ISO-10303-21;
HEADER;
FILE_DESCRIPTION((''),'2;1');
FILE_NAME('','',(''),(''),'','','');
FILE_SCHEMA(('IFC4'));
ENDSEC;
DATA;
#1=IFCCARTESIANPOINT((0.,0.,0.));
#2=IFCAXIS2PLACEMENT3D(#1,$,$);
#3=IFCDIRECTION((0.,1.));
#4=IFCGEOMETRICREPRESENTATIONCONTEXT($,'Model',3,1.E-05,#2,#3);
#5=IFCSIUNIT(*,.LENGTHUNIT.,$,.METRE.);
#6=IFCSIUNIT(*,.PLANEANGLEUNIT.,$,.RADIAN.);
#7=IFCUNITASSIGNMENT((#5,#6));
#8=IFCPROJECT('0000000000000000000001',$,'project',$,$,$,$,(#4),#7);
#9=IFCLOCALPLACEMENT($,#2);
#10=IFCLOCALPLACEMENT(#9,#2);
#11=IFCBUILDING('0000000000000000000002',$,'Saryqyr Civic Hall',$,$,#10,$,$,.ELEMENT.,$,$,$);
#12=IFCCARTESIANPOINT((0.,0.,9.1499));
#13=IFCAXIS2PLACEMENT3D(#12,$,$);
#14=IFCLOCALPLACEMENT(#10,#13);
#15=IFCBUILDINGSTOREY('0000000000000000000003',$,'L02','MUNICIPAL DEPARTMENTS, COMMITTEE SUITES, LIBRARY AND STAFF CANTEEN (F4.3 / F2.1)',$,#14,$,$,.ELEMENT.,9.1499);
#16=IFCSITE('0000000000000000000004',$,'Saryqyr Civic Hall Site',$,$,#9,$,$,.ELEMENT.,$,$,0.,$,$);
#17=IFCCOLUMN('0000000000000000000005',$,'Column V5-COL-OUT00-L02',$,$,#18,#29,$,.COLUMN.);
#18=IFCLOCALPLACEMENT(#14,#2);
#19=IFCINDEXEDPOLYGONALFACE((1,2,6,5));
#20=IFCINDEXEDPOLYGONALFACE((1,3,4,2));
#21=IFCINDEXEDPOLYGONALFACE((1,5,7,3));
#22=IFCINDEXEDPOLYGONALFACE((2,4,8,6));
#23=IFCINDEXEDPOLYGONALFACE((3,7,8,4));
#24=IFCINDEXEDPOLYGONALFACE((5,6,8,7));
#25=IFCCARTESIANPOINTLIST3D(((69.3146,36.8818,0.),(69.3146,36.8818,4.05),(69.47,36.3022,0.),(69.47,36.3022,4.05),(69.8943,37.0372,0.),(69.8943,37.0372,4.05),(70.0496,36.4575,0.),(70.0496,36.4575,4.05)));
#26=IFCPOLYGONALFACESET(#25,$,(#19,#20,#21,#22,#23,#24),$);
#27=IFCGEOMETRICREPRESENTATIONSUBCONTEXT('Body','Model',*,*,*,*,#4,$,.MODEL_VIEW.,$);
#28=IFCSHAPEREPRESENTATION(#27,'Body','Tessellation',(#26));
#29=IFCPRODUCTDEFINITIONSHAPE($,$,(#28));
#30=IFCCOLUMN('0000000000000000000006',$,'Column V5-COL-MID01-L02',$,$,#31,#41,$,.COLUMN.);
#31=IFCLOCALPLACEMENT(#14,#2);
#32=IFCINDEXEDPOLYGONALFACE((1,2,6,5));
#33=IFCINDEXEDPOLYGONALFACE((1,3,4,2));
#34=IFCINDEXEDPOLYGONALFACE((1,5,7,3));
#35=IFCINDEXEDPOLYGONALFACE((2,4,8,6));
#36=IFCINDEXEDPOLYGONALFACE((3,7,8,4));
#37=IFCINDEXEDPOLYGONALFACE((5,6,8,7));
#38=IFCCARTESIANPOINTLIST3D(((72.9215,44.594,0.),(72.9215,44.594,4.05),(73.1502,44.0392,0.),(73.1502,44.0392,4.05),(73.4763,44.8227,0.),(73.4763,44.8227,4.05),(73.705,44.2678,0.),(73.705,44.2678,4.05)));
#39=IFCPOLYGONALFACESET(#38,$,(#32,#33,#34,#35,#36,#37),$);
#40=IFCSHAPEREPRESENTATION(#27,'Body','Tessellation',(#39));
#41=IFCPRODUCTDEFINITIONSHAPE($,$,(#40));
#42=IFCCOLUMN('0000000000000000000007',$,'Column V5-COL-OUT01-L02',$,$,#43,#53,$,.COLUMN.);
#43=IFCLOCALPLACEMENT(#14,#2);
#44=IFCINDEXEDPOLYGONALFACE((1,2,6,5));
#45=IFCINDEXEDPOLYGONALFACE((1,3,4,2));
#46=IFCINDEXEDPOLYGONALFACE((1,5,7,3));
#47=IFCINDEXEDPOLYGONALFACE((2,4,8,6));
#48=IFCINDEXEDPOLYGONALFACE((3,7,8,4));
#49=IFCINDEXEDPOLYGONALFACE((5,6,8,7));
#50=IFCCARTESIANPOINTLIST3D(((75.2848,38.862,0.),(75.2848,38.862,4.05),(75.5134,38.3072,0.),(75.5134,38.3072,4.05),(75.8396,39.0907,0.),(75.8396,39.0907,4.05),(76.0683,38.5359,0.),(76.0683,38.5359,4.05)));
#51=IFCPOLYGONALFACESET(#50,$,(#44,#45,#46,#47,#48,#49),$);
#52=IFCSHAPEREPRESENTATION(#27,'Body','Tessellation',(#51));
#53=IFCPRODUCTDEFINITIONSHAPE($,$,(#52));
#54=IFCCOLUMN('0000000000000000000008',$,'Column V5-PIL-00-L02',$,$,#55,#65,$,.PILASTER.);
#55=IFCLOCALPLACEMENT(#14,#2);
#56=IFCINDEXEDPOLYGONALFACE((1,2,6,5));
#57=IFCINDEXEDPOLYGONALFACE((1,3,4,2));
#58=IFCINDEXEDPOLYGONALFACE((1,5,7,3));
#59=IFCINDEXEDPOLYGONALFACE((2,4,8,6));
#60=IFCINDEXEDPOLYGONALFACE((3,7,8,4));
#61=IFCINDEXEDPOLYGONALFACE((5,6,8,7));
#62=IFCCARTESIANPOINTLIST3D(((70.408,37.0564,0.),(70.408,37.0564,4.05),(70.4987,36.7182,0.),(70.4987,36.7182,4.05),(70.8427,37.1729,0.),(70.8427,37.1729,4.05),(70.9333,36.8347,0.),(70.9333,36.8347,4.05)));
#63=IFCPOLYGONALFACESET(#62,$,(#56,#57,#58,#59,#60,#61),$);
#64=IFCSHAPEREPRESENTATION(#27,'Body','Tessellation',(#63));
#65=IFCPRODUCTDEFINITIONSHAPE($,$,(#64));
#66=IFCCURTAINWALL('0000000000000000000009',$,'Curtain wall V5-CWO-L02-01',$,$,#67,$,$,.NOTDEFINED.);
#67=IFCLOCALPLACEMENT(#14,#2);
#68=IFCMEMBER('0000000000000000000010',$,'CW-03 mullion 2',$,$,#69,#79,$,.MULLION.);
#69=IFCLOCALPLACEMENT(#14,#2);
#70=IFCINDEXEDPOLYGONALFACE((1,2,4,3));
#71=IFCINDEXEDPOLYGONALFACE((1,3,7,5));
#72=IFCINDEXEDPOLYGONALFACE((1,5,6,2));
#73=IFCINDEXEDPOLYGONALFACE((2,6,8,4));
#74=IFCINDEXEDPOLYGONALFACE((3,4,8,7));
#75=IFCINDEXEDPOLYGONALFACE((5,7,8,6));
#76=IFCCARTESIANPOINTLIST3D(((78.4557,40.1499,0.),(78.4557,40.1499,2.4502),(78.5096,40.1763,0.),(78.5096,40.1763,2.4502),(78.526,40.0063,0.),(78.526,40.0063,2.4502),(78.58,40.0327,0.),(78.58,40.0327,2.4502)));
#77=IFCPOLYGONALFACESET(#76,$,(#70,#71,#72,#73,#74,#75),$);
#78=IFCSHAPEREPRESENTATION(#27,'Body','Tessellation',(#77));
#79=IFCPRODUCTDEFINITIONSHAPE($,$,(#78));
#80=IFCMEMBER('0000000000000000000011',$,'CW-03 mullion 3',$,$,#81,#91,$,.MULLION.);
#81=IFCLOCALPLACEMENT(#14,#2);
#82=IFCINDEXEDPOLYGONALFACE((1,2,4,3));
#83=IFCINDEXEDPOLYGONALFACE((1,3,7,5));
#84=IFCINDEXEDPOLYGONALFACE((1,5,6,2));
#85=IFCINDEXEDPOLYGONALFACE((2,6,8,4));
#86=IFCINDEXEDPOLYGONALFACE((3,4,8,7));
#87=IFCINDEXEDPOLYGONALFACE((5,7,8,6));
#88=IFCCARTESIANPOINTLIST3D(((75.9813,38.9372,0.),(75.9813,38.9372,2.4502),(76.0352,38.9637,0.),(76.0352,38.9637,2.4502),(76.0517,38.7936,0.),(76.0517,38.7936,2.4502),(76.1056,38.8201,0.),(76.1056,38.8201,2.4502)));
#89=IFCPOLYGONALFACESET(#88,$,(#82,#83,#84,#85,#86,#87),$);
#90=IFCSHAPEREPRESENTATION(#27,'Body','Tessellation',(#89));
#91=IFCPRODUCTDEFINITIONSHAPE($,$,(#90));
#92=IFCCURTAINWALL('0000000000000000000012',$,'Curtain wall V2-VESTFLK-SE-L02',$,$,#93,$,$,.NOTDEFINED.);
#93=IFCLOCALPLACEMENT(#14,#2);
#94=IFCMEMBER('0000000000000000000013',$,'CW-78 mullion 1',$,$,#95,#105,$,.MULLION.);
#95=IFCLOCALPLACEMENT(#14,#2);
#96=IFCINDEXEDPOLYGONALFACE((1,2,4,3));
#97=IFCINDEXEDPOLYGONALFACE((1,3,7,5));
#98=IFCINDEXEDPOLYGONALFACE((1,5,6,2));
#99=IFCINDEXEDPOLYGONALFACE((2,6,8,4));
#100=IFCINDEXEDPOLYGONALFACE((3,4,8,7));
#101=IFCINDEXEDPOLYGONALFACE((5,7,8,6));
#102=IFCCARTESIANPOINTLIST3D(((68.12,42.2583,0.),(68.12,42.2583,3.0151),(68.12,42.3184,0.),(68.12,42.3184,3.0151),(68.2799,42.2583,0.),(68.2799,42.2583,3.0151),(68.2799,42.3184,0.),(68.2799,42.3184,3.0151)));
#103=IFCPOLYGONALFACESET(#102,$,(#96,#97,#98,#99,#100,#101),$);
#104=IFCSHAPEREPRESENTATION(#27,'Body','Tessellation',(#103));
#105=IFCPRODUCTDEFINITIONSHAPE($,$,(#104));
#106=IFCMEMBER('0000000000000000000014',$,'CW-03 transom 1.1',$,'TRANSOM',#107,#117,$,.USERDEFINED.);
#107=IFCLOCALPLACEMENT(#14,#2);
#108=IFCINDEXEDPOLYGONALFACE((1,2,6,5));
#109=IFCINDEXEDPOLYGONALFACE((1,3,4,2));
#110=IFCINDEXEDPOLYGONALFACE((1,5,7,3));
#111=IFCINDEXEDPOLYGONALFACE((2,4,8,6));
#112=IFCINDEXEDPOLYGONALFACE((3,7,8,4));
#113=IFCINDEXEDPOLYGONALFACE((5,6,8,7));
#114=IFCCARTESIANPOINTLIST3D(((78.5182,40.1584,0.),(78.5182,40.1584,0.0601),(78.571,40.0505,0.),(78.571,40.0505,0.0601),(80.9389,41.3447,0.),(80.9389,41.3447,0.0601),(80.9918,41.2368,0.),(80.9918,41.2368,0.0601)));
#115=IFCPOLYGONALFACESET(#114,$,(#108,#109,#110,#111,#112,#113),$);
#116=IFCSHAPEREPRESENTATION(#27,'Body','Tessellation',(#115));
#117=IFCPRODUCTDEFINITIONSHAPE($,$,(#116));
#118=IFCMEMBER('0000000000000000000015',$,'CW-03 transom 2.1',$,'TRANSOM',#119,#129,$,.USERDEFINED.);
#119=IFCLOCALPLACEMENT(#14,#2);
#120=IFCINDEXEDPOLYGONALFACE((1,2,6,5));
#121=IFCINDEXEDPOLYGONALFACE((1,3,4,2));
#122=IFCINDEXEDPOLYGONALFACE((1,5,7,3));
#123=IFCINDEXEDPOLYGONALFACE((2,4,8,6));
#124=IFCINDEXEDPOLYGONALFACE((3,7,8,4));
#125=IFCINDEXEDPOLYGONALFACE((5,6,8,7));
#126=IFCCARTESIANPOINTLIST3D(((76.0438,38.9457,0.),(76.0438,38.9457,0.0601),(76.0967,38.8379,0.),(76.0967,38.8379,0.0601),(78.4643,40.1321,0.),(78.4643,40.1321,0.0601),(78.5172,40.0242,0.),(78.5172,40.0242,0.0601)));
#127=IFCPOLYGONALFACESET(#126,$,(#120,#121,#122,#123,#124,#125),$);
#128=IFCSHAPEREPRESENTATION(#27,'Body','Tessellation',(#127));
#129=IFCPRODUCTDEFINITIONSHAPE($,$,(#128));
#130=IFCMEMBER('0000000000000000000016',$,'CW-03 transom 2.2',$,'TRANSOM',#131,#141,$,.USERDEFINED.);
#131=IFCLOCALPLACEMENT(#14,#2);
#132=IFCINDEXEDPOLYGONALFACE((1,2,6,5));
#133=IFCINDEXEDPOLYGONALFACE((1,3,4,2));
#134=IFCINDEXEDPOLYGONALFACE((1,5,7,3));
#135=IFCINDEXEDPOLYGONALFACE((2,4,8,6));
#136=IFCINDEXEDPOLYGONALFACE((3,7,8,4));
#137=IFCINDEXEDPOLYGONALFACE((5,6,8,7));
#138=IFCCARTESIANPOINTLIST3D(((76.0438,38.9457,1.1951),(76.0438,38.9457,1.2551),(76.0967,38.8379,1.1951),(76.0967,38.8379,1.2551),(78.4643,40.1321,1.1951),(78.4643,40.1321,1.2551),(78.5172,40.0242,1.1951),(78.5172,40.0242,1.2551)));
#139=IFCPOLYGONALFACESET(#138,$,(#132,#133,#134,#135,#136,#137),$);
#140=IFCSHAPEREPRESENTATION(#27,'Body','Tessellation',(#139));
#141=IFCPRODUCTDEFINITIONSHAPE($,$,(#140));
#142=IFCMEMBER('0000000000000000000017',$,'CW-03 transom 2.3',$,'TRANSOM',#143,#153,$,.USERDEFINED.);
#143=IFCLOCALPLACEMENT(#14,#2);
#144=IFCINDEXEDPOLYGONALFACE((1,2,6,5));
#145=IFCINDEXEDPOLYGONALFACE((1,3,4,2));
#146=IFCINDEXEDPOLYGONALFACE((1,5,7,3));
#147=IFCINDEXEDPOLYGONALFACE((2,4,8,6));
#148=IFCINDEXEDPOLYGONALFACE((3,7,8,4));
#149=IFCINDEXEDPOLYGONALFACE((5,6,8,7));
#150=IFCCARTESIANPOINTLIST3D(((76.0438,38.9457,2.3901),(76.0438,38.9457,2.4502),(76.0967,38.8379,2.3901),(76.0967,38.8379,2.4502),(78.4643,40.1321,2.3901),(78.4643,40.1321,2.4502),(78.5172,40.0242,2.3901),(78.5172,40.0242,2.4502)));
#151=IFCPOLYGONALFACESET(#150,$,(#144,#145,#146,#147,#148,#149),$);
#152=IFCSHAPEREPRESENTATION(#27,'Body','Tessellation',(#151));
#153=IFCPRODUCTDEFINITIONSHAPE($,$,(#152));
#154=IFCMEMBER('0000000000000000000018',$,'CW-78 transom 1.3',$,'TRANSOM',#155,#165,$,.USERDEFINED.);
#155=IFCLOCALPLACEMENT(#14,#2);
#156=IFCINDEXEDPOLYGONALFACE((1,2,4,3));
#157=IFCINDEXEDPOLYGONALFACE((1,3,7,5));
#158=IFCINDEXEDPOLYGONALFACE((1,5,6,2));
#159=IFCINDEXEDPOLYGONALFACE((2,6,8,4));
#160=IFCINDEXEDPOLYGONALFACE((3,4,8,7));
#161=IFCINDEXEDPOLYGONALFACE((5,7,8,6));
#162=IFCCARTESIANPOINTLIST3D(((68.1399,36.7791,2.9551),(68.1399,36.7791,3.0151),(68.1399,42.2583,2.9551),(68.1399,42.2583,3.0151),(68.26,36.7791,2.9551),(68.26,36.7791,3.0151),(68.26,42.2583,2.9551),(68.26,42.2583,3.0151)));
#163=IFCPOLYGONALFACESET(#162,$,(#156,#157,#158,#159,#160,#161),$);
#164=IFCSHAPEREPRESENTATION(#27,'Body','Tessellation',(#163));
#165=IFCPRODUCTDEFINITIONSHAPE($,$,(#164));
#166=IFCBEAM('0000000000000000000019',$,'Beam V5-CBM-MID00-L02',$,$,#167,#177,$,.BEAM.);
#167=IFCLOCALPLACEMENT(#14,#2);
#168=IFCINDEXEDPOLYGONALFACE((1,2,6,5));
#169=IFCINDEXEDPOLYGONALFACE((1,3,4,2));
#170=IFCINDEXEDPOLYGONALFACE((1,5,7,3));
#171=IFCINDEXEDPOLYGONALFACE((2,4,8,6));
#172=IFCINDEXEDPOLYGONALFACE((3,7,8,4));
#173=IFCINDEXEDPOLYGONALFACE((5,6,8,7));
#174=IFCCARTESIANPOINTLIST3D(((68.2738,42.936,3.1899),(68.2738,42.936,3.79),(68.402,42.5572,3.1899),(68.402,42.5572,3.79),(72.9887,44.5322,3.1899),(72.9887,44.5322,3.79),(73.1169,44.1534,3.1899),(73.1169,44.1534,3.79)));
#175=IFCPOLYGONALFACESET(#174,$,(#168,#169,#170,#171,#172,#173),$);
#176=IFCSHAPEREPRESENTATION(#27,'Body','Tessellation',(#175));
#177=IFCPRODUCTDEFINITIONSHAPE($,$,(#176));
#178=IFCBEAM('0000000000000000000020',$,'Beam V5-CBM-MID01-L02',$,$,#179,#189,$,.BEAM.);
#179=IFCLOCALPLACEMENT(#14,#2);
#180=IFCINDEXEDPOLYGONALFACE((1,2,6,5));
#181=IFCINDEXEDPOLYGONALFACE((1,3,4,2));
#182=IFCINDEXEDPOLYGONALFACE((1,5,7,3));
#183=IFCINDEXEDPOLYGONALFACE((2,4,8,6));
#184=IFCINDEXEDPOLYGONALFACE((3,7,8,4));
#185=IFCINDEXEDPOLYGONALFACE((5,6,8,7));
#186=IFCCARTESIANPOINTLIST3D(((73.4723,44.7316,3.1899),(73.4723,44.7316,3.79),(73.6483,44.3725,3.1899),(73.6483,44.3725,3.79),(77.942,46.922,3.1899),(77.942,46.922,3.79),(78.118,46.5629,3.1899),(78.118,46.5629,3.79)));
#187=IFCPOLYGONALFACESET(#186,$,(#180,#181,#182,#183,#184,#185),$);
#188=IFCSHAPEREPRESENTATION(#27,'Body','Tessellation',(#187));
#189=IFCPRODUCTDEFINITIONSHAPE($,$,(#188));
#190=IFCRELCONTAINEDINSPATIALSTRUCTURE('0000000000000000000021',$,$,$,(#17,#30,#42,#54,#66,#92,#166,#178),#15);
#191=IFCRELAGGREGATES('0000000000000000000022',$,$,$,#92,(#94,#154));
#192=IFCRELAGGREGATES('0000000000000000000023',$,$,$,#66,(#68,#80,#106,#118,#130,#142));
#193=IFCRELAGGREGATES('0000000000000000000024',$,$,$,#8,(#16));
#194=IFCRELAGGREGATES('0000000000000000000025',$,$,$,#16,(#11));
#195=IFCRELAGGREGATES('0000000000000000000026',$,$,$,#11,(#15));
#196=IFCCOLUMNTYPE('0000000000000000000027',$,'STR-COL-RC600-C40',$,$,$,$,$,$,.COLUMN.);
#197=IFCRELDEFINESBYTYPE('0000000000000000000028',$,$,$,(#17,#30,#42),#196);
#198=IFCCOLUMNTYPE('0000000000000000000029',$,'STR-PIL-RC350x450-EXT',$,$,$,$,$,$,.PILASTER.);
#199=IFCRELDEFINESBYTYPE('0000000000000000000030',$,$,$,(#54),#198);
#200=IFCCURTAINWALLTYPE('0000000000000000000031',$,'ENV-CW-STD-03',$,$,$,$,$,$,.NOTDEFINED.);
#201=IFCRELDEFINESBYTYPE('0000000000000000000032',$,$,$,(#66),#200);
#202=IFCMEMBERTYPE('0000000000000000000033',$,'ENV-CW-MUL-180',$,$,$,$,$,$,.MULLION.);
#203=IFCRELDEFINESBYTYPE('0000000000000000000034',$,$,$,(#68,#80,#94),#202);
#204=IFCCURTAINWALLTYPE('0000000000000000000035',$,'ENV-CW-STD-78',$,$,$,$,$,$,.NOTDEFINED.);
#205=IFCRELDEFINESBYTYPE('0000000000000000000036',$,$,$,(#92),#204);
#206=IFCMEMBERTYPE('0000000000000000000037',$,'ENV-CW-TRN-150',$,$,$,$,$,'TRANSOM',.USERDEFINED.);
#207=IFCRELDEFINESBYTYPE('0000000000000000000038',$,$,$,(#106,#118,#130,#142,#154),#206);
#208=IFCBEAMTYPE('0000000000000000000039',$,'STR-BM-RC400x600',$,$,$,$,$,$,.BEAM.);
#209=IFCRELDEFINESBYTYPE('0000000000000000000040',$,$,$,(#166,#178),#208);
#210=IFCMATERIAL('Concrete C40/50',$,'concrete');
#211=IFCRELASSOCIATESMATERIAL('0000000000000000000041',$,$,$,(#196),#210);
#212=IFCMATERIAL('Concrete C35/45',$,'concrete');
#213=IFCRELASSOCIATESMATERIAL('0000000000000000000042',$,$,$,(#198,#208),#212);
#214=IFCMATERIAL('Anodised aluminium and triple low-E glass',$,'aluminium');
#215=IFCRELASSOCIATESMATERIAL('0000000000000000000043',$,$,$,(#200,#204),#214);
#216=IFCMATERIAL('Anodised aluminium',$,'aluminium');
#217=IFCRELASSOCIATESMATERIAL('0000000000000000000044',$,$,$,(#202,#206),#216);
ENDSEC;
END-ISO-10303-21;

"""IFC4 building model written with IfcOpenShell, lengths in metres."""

from ifc_helpers import new_model, si_unit, direction, frame, origin, origin_2d, place, context, subcontext, project, spatial, rectangle, extrude, material, material_profile, profile_set, type_object, element, aggregate, save


model = new_model("IFC4")

# Units and contexts
model_context = context("Model", 3, precision=1e-05, world=origin(), true_north=direction((0.0, 1.0)))
body_context = subcontext(model_context, "Body", "Model", "MODEL_VIEW")
ifc_project = project(units=[si_unit("LENGTHUNIT", "METRE"), si_unit("PLANEANGLEUNIT", "RADIAN")], contexts=[model_context])

# Site, building, storey
site_placement = place(None, origin())
site = spatial("IfcSite", under=ifc_project, at=site_placement, Name="Saryqyr Civic Hall Site", CompositionType="ELEMENT", RefElevation=0.0)
building_placement = place(site_placement, origin())
building = spatial("IfcBuilding", under=site, at=building_placement, Name="Saryqyr Civic Hall", CompositionType="ELEMENT")
storey_placement = place(building_placement, frame((0.0, 0.0, 9.1499)))
storey = spatial("IfcBuildingStorey", under=building, at=storey_placement, Name="L02", Description="MUNICIPAL DEPARTMENTS, COMMITTEE SUITES, LIBRARY AND STAFF CANTEEN (F4.3 / F2.1)", CompositionType="ELEMENT", Elevation=9.1499)

# Columns
ifc_material_1 = material(Name="Concrete C40/50", Category="concrete")
ifc_material_profile_1 = material_profile(ifc_material_1, rectangle(XDim=0.6001, YDim=0.6001, at=origin_2d()), Name="RC 600x600")
ifc_profile_set_1 = profile_set([ifc_material_profile_1], Name="Concrete C40/50")
column_type_1 = type_object("IfcColumnType", Name="STR-COL-RC600-C40", PredefinedType="COLUMN", material=ifc_profile_set_1)
for number, where, z_axis, x_axis, name in (
    (1, (69.6821, 36.6697, 0.0), (0.0, 0.0, 1.0), (0.258819, -0.965926, 0.0), "Column V5-COL-OUT00-L02"),
    (2, (73.3132, 44.4309, 0.0), (0.0, 0.0, 1.0), (0.38107, -0.924546, 0.0), "Column V5-COL-MID01-L02"),
    (3, (75.6765, 38.699, 0.0), (0.0, 0.0, 1.0), (0.38107, -0.924546, 0.0), "Column V5-COL-OUT01-L02"),
):
    element("IfcColumn", number, at=place(storey_placement, frame(where, z_axis=z_axis, x_axis=x_axis)), inside=storey, type_object=column_type_1, Name=name, PredefinedType="COLUMN", context=body_context, shape_type="SweptSolid", body=[
        extrude(rectangle(XDim=0.6001, YDim=0.6001, at=origin_2d()), origin(), (0.0, 0.0, 1.0), 4.05),
    ])
ifc_material_2 = material(Name="Concrete C35/45", Category="concrete")
ifc_material_profile_2 = material_profile(ifc_material_2, rectangle(XDim=0.3501, YDim=0.45, at=origin_2d()), Name="RC 350x450")
ifc_profile_set_2 = profile_set([ifc_material_profile_2], Name="Concrete C35/45")
column_type_2 = type_object("IfcColumnType", Name="STR-PIL-RC350x450-EXT", PredefinedType="PILASTER", material=ifc_profile_set_2)
column_placement = place(storey_placement, frame((70.6707, 36.9456, 0.0), z_axis=(0.0, 0.0, 1.0), x_axis=(0.258819, -0.965926, 0.0)))
element("IfcColumn", 4, at=column_placement, inside=storey, type_object=column_type_2, Name="Column V5-PIL-00-L02", PredefinedType="PILASTER", context=body_context, shape_type="SweptSolid", body=[
    extrude(rectangle(XDim=0.3501, YDim=0.45, at=origin_2d()), origin(), (0.0, 0.0, 1.0), 4.05),
])

# Curtain wall, members
ifc_material_3 = material(Name="Anodised aluminium and triple low-E glass", Category="aluminium")
curtain_wall_type_1 = type_object("IfcCurtainWallType", Name="ENV-CW-STD-03", PredefinedType="NOTDEFINED", material=ifc_material_3)
curtain_wall_1_placement = place(storey_placement, origin())
curtain_wall_1 = element("IfcCurtainWall", 5, at=curtain_wall_1_placement, inside=storey, type_object=curtain_wall_type_1, Name="Curtain wall V5-CWO-L02-01", PredefinedType="NOTDEFINED")
ifc_material_4 = material(Name="Anodised aluminium", Category="aluminium")
ifc_material_profile_3 = material_profile(ifc_material_4, rectangle(XDim=0.0601, YDim=0.1599, at=origin_2d()), Name="ALU MULLION 60x160")
ifc_profile_set_3 = profile_set([ifc_material_profile_3], Name="Anodised aluminium")
member_type_1 = type_object("IfcMemberType", Name="ENV-CW-MUL-180", PredefinedType="MULLION", material=ifc_profile_set_3)
member_1_placement = place(storey_placement, frame((78.5178, 40.0913, 0.0), z_axis=(0.0, 0.0, 1.0), x_axis=(-0.897971, -0.440055, 0.0)))
member_1 = element("IfcMember", 6, at=member_1_placement, type_object=member_type_1, Name="CW-03 mullion 2", PredefinedType="MULLION", context=body_context, shape_type="SweptSolid", body=[
    extrude(rectangle(XDim=0.0601, YDim=0.1599, at=origin_2d()), origin(), (0.0, 0.0, 1.0), 2.4502),
])
member_2_placement = place(storey_placement, frame((76.0435, 38.8787, 0.0), z_axis=(0.0, 0.0, 1.0), x_axis=(-0.897971, -0.440055, 0.0)))
member_2 = element("IfcMember", 7, at=member_2_placement, type_object=member_type_1, Name="CW-03 mullion 3", PredefinedType="MULLION", context=body_context, shape_type="SweptSolid", body=[
    extrude(rectangle(XDim=0.0601, YDim=0.1599, at=origin_2d()), origin(), (0.0, 0.0, 1.0), 2.4502),
])

# Curtain wall, member
curtain_wall_type_2 = type_object("IfcCurtainWallType", Name="ENV-CW-STD-78", PredefinedType="NOTDEFINED", material=ifc_material_3)
curtain_wall_2_placement = place(storey_placement, origin())
curtain_wall_2 = element("IfcCurtainWall", 8, at=curtain_wall_2_placement, inside=storey, type_object=curtain_wall_type_2, Name="Curtain wall V2-VESTFLK-SE-L02", PredefinedType="NOTDEFINED")
member_3_placement = place(storey_placement, frame((68.2, 42.2883, 0.0), z_axis=(0.0, 0.0, 1.0), x_axis=(0.0, -1.0, 0.0)))
member_3 = element("IfcMember", 9, at=member_3_placement, type_object=member_type_1, Name="CW-78 mullion 1", PredefinedType="MULLION", context=body_context, shape_type="SweptSolid", body=[
    extrude(rectangle(XDim=0.0601, YDim=0.1599, at=origin_2d()), origin(), (0.0, 0.0, 1.0), 3.0151),
])

# Members
ifc_material_profile_4 = material_profile(ifc_material_4, rectangle(XDim=0.1201, YDim=0.0601, at=origin_2d()), Name="ALU TRANSOM 120x60")
ifc_profile_set_4 = profile_set([ifc_material_profile_4], Name="Anodised aluminium")
member_type_2 = type_object("IfcMemberType", Name="ENV-CW-TRN-150", ElementType="TRANSOM", PredefinedType="USERDEFINED", material=ifc_profile_set_4)
member_4_placement = place(storey_placement, frame((80.9653, 41.2908, 0.03), z_axis=(-0.897967, -0.440063, 0.0), x_axis=(0.440063, -0.897967, 0.0)))
member_4 = element("IfcMember", 10, at=member_4_placement, type_object=member_type_2, Name="CW-03 transom 1.1", ObjectType="TRANSOM", PredefinedType="USERDEFINED", context=body_context, shape_type="SweptSolid", body=[
    extrude(rectangle(XDim=0.1201, YDim=0.0601, at=origin_2d()), origin(), (0.0, 0.0, 1.0), 2.6958),
])
member_5_placement = place(storey_placement, frame((78.4907, 40.0781, 0.03), z_axis=(-0.897949, -0.440099, 0.0), x_axis=(0.440099, -0.897949, 0.0)))
member_5 = element("IfcMember", 11, at=member_5_placement, type_object=member_type_2, Name="CW-03 transom 2.1", ObjectType="TRANSOM", PredefinedType="USERDEFINED", context=body_context, shape_type="SweptSolid", body=[
    extrude(rectangle(XDim=0.1201, YDim=0.0601, at=origin_2d()), origin(), (0.0, 0.0, 1.0), 2.6956),
])
member_6_placement = place(storey_placement, frame((78.4907, 40.0781, 1.2251), z_axis=(-0.897949, -0.440099, 0.0), x_axis=(0.440099, -0.897949, 0.0)))
member_6 = element("IfcMember", 12, at=member_6_placement, type_object=member_type_2, Name="CW-03 transom 2.2", ObjectType="TRANSOM", PredefinedType="USERDEFINED", context=body_context, shape_type="SweptSolid", body=[
    extrude(rectangle(XDim=0.1201, YDim=0.0601, at=origin_2d()), origin(), (0.0, 0.0, 1.0), 2.6956),
])
member_7_placement = place(storey_placement, frame((78.4907, 40.0781, 2.4202), z_axis=(-0.897949, -0.440099, 0.0), x_axis=(0.440099, -0.897949, 0.0)))
member_7 = element("IfcMember", 13, at=member_7_placement, type_object=member_type_2, Name="CW-03 transom 2.3", ObjectType="TRANSOM", PredefinedType="USERDEFINED", context=body_context, shape_type="SweptSolid", body=[
    extrude(rectangle(XDim=0.1201, YDim=0.0601, at=origin_2d()), origin(), (0.0, 0.0, 1.0), 2.6956),
])
member_8_placement = place(storey_placement, frame((68.2, 42.2583, 2.9851), z_axis=(0.0, -1.0, 0.0), x_axis=(1.0, 0.0, 0.0)))
member_8 = element("IfcMember", 14, at=member_8_placement, type_object=member_type_2, Name="CW-78 transom 1.3", ObjectType="TRANSOM", PredefinedType="USERDEFINED", context=body_context, shape_type="SweptSolid", body=[
    extrude(rectangle(XDim=0.1201, YDim=0.0601, at=origin_2d()), origin(), (0.0, 0.0, 1.0), 5.4792),
])
aggregate(curtain_wall_2, [member_3, member_8])

# Beams
ifc_material_profile_5 = material_profile(ifc_material_2, rectangle(XDim=0.3999, YDim=0.6001, at=origin_2d()), Name="RC 400x600")
ifc_profile_set_5 = profile_set([ifc_material_profile_5], Name="Concrete C35/45")
beam_type_1 = type_object("IfcBeamType", Name="STR-BM-RC400x600", PredefinedType="BEAM", material=ifc_profile_set_5)
beam_1_placement = place(storey_placement, frame((68.3379, 42.7466, 3.49), z_axis=(0.947192, 0.320668, 0.0), x_axis=(-0.320668, 0.947192, 0.0)))
element("IfcBeam", 15, at=beam_1_placement, inside=storey, type_object=beam_type_1, Name="Beam V5-CBM-MID00-L02", PredefinedType="BEAM", context=body_context, shape_type="SweptSolid", body=[
    extrude(rectangle(XDim=0.3999, YDim=0.6001, at=origin_2d()), origin(), (0.0, 0.0, 1.0), 4.9778),
])
beam_2_placement = place(storey_placement, frame((73.5603, 44.552, 3.49), z_axis=(0.897969, 0.440058, 0.0), x_axis=(-0.440058, 0.897969, 0.0)))
element("IfcBeam", 16, at=beam_2_placement, inside=storey, type_object=beam_type_1, Name="Beam V5-CBM-MID01-L02", PredefinedType="BEAM", context=body_context, shape_type="SweptSolid", body=[
    extrude(rectangle(XDim=0.3999, YDim=0.6001, at=origin_2d()), origin(), (0.0, 0.0, 1.0), 4.9775),
])

aggregate(curtain_wall_1, [member_1, member_2, member_4, member_5, member_6, member_7])

save(model, "model.ifc")
